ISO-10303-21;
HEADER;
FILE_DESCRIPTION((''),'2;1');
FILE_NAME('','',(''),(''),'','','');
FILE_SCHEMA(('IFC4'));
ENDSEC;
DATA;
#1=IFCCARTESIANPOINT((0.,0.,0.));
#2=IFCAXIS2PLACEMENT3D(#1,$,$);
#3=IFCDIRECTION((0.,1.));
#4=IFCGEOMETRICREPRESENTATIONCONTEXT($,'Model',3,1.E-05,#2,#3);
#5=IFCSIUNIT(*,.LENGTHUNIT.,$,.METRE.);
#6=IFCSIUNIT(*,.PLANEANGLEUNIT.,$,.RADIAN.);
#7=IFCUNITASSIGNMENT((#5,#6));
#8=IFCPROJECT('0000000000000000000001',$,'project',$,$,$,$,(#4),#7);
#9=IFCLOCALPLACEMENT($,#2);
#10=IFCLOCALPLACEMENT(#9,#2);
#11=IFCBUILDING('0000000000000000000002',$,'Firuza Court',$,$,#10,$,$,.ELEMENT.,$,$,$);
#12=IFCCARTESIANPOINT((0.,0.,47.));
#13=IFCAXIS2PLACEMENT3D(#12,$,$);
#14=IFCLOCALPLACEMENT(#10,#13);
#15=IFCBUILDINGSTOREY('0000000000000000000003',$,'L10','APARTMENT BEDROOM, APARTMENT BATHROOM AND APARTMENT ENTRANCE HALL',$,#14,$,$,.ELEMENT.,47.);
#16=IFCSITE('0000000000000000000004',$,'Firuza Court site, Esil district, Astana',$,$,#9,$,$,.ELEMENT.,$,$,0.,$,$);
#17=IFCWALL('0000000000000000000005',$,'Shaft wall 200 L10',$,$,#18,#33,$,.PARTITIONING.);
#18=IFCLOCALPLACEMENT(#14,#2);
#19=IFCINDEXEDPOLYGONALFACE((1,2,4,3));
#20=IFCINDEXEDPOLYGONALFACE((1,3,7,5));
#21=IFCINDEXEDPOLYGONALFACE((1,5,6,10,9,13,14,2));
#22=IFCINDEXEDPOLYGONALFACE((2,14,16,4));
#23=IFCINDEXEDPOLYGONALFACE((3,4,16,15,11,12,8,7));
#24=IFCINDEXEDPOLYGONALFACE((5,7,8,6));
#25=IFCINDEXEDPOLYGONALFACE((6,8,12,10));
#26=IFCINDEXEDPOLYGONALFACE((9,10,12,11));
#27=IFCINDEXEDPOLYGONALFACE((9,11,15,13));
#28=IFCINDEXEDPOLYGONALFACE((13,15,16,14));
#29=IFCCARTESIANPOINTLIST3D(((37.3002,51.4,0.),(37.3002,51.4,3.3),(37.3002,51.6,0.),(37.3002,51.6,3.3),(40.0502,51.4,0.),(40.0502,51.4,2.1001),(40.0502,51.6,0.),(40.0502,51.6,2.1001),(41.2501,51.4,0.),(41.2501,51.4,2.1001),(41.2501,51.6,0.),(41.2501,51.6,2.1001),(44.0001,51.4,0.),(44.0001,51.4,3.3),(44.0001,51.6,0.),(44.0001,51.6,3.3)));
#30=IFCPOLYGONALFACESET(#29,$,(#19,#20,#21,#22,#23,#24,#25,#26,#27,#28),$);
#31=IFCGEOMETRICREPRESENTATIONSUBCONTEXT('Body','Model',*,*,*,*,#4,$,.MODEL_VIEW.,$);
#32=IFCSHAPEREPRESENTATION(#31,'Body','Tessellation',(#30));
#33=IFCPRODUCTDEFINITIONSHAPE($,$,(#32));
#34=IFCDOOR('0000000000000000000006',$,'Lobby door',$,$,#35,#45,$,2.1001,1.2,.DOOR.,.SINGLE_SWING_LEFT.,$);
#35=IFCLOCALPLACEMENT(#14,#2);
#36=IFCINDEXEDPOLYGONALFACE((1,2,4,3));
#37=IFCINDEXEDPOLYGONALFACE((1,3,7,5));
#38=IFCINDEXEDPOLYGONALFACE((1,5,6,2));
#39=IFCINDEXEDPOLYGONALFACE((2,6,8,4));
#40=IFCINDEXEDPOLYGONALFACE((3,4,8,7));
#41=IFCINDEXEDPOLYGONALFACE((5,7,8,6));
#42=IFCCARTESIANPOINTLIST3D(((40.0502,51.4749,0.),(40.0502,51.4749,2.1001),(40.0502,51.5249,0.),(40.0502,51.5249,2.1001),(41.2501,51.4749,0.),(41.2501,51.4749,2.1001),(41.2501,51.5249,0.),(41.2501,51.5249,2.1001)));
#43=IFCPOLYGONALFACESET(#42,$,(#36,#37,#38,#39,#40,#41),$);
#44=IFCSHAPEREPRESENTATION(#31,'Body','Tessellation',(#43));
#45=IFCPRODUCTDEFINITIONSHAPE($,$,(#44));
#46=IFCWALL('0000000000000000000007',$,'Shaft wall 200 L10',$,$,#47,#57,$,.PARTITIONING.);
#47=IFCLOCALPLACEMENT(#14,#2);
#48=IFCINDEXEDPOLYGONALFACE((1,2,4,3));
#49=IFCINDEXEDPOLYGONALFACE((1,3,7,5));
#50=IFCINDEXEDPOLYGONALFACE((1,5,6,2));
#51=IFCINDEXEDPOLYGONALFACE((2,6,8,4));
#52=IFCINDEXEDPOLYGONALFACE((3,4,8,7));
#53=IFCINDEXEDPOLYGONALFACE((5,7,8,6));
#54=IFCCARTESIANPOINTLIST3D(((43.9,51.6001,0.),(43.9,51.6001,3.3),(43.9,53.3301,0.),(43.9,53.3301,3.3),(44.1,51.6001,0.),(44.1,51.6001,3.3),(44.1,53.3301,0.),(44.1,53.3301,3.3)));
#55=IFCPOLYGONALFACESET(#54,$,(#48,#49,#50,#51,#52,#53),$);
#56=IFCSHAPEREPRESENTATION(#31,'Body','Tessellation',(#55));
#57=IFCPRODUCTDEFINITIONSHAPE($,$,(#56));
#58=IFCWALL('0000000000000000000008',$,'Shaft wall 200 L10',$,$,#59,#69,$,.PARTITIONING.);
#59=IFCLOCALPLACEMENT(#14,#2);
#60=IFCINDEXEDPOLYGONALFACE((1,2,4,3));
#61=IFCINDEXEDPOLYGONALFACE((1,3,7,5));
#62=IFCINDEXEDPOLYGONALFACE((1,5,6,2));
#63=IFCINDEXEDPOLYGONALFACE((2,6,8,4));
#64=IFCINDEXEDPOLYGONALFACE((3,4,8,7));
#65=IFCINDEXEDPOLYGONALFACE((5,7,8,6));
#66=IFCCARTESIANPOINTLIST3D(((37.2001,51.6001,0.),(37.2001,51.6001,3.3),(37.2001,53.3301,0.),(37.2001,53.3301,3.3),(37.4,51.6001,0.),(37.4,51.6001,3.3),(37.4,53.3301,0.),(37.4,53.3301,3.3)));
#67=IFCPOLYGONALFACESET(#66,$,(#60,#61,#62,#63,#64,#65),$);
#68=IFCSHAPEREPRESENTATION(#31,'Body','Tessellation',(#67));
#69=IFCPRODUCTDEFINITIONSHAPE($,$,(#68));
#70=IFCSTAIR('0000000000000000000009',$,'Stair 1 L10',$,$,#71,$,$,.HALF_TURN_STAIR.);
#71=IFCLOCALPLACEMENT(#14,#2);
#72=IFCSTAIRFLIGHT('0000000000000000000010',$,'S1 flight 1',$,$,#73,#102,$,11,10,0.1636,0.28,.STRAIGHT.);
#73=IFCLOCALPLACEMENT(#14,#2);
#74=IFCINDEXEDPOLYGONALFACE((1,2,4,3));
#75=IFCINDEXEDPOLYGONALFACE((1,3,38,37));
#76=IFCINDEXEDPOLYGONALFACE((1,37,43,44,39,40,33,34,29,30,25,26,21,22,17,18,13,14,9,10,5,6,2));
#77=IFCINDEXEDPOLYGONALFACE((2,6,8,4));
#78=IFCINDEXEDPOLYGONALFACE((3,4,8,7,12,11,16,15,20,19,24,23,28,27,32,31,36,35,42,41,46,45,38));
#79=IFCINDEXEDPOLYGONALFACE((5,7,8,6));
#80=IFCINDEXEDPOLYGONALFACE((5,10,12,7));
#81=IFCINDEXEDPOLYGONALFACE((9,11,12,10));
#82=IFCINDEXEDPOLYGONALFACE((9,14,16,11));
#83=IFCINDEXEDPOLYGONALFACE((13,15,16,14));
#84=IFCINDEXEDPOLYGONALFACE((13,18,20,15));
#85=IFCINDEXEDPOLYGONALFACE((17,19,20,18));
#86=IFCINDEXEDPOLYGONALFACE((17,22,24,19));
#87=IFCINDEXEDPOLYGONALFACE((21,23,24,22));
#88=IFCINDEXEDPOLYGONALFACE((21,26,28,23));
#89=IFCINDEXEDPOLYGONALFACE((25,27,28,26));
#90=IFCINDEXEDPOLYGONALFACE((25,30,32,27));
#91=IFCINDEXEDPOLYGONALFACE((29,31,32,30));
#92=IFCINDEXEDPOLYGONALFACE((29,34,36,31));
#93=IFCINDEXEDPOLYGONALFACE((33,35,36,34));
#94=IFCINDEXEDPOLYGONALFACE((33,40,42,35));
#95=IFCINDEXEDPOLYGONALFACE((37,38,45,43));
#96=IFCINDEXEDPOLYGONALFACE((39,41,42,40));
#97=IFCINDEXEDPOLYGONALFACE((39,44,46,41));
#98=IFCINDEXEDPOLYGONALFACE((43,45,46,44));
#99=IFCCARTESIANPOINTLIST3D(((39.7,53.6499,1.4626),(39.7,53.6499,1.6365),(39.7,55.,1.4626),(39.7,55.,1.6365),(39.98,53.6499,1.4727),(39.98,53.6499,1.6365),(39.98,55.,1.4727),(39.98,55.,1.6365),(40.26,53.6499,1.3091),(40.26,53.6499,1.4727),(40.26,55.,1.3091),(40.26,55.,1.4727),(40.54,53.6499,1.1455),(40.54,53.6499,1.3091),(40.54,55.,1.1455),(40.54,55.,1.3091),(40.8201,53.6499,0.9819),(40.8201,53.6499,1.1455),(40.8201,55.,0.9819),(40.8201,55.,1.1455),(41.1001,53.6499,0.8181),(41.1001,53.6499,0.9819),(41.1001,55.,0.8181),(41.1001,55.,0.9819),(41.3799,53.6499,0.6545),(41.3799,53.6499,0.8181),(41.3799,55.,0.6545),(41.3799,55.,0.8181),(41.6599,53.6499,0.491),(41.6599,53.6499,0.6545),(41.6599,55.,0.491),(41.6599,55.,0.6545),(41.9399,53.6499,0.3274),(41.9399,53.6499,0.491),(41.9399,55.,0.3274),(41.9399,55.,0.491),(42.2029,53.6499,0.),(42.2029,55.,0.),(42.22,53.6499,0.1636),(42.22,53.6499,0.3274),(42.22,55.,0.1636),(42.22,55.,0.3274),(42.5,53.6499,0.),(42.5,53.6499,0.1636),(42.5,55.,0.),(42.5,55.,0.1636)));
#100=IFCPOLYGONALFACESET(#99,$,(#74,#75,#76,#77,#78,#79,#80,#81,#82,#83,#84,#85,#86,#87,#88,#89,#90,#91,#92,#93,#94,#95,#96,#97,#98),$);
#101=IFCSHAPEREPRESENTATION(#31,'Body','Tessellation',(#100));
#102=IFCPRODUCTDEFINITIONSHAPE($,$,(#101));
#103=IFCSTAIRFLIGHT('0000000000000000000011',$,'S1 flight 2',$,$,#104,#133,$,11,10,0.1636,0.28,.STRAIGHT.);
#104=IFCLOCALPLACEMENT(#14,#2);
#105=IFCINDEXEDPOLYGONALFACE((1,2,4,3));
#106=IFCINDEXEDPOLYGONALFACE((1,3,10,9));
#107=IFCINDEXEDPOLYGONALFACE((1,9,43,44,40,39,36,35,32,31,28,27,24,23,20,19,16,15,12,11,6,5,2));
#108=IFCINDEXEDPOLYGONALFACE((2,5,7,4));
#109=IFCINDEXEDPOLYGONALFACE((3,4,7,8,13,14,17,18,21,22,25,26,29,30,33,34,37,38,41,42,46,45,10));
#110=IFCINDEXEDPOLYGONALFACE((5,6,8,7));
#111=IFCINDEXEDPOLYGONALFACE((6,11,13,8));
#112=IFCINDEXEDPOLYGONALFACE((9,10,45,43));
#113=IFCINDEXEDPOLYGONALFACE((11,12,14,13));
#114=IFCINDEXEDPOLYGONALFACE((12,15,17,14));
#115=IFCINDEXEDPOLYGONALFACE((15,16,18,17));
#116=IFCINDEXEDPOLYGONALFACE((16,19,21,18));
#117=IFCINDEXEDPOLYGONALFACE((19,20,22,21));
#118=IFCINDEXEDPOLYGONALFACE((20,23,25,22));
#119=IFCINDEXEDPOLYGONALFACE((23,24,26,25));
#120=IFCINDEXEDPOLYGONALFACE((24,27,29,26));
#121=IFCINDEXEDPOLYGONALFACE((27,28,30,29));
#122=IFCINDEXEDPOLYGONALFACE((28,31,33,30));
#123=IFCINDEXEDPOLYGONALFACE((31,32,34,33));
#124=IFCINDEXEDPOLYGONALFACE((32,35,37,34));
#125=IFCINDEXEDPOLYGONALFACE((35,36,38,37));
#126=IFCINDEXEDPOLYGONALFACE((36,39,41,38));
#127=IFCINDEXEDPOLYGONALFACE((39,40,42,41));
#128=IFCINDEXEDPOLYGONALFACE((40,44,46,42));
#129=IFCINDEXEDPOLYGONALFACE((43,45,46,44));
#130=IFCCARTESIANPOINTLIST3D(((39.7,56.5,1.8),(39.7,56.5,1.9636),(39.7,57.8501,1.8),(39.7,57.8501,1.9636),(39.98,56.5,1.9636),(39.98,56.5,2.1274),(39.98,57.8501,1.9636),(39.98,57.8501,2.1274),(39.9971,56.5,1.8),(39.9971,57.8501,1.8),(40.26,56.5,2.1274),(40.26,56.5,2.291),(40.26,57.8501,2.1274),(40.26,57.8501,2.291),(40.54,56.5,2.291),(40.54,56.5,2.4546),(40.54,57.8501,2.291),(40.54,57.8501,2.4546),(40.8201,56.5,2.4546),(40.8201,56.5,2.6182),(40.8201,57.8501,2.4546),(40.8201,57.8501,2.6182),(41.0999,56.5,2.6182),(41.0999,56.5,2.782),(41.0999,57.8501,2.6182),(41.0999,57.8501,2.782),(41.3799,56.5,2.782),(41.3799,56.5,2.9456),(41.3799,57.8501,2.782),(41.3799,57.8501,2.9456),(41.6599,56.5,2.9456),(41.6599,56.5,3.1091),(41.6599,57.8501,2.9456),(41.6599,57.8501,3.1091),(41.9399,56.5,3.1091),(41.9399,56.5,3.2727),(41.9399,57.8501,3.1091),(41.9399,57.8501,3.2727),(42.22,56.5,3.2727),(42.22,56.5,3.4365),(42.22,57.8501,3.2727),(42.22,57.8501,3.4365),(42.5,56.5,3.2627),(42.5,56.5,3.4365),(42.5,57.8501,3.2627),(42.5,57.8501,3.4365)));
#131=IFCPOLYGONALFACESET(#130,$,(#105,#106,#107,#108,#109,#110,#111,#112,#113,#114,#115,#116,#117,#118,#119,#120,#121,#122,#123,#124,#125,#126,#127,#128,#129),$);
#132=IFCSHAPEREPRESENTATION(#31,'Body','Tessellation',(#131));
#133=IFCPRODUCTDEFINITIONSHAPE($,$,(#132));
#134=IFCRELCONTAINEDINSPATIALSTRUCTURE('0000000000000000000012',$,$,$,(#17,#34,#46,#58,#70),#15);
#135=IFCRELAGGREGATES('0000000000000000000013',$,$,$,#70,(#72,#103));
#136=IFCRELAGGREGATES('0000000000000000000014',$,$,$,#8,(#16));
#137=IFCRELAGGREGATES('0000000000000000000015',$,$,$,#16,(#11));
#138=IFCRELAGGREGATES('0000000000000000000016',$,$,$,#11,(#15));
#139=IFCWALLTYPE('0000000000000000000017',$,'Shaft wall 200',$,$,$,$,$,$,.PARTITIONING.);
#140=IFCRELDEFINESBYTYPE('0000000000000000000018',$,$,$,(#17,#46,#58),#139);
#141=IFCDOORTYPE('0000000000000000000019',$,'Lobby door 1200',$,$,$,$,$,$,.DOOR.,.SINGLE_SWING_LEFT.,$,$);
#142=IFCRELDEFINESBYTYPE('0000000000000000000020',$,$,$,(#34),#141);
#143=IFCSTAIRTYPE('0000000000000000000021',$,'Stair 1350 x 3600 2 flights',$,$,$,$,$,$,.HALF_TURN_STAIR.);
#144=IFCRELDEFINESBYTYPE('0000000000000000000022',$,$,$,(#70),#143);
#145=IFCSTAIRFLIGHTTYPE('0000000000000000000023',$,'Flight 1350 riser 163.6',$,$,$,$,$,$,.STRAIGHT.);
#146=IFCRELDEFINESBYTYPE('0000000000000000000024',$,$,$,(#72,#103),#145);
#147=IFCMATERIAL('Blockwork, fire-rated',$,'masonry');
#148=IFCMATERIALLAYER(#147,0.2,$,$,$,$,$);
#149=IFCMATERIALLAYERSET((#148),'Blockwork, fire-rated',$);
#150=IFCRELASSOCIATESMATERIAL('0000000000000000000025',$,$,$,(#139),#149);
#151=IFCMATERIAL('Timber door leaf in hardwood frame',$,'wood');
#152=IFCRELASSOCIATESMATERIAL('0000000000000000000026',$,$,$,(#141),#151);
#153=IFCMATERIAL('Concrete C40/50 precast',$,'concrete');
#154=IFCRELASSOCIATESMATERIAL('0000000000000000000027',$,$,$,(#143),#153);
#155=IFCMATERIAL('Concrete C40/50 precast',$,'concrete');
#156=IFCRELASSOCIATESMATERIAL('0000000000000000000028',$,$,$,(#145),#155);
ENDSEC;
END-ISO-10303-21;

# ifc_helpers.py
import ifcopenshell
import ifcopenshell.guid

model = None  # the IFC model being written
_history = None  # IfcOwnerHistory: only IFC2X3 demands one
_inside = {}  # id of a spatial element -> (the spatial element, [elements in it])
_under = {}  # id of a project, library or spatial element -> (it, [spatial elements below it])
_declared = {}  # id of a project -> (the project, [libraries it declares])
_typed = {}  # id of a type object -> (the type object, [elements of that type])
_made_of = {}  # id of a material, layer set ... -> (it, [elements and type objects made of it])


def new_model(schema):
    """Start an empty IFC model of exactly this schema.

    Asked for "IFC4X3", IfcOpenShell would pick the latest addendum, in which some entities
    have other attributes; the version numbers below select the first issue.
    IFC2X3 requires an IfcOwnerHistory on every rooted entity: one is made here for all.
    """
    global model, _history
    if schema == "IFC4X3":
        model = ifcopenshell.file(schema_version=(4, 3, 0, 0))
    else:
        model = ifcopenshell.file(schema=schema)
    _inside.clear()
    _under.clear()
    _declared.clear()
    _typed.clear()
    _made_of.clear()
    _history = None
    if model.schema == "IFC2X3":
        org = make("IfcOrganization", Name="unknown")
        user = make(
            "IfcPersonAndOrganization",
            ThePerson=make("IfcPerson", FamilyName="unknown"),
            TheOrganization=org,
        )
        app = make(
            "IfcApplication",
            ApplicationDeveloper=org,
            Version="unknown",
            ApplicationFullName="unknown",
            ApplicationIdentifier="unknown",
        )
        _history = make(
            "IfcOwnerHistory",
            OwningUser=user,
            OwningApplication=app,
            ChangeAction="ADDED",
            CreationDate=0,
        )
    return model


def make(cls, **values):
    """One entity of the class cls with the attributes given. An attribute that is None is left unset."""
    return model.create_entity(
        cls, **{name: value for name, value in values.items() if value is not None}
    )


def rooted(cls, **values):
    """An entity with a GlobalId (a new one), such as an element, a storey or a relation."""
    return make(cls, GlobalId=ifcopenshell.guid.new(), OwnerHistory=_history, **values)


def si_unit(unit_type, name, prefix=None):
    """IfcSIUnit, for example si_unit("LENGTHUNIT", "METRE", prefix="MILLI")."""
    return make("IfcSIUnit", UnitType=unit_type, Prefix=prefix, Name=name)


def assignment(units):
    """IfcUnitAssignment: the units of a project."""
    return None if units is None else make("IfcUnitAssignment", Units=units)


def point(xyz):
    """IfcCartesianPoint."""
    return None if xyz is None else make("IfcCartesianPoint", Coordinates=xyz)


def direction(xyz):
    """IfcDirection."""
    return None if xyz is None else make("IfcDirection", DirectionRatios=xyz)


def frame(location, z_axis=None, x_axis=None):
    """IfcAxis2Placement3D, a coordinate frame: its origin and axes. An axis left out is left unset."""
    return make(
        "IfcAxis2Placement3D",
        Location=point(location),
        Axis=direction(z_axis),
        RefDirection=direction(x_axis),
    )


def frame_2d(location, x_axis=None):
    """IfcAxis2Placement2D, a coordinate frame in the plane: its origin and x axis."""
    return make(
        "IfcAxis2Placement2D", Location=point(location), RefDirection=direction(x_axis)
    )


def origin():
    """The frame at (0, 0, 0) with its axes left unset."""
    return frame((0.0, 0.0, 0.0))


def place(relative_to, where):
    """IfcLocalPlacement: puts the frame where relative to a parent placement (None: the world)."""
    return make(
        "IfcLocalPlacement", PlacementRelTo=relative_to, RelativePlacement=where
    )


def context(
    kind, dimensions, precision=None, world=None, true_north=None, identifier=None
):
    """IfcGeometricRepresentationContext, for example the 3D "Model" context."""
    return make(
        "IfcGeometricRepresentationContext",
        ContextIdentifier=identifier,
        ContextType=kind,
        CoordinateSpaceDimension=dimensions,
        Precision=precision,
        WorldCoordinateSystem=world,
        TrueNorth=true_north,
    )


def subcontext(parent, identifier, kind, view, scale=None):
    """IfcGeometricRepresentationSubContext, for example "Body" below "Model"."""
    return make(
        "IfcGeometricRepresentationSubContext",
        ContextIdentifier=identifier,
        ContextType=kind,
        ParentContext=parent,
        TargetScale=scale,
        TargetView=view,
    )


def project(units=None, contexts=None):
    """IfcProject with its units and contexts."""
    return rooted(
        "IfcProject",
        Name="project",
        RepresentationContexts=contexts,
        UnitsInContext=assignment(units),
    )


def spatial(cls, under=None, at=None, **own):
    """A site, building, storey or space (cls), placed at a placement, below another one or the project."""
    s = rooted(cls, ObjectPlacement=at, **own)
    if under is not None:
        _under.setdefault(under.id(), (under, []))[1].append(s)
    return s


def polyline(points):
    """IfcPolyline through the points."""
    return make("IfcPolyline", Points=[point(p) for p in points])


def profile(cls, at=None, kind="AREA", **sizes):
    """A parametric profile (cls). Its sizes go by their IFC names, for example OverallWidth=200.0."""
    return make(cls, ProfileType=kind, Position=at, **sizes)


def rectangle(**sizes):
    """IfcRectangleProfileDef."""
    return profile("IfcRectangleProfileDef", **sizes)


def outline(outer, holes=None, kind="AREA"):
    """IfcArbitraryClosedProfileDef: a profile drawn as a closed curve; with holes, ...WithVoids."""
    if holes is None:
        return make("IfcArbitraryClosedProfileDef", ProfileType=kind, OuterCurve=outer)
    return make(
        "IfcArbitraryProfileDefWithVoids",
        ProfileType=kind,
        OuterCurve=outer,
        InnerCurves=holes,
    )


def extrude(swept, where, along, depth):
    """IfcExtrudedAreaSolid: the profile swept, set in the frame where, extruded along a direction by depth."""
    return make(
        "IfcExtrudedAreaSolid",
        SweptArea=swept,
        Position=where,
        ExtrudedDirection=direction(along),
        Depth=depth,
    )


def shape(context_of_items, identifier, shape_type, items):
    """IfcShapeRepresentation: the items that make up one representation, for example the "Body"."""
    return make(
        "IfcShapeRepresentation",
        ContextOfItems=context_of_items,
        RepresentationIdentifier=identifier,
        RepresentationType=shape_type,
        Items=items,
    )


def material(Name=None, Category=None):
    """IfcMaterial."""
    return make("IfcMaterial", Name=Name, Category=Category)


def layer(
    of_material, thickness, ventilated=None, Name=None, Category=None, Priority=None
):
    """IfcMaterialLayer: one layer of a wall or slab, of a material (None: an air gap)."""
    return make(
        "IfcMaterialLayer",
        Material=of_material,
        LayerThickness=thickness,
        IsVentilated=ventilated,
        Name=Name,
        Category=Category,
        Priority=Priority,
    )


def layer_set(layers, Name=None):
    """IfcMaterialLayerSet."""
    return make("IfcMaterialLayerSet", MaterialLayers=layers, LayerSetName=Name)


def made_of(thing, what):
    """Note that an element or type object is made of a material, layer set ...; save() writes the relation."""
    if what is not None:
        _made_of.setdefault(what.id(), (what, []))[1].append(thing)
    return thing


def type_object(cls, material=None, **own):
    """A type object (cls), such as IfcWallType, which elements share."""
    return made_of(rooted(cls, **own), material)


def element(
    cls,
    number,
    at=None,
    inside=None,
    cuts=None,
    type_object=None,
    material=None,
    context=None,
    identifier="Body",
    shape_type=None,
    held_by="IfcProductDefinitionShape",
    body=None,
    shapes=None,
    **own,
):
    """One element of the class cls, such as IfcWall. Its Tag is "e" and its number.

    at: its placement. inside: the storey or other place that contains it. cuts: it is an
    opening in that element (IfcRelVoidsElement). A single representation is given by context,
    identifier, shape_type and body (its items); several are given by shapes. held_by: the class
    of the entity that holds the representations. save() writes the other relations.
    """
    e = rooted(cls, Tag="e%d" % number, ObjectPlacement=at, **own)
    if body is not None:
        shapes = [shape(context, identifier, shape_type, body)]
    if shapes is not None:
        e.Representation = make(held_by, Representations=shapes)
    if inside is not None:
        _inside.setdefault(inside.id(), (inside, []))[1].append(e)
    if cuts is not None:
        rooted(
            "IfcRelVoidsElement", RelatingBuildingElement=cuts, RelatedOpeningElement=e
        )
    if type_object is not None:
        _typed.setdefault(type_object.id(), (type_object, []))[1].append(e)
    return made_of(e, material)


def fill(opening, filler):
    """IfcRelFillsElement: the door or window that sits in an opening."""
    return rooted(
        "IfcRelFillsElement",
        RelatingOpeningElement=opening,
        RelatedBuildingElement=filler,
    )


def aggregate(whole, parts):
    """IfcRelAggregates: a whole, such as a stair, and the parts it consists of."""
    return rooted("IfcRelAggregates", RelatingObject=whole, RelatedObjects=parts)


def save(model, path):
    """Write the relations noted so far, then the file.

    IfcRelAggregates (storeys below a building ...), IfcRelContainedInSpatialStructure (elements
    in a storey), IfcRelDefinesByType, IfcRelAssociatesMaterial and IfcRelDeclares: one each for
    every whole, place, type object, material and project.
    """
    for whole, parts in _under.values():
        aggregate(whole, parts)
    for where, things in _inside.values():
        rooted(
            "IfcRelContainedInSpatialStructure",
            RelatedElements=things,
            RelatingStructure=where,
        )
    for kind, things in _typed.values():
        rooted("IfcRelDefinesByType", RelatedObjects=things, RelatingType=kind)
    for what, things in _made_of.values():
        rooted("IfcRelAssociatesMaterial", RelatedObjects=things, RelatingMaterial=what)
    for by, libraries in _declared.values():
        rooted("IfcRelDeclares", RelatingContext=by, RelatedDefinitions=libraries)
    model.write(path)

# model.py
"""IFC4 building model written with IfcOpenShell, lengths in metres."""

from ifc_helpers import new_model, si_unit, direction, frame, frame_2d, origin, place, context, subcontext, project, spatial, polyline, rectangle, outline, extrude, material, layer, layer_set, type_object, element, fill, aggregate, save


model = new_model("IFC4")

# Units and contexts
model_context = context("Model", 3, precision=1e-05, world=origin(), true_north=direction((0.0, 1.0)))
body_context = subcontext(model_context, "Body", "Model", "MODEL_VIEW")
ifc_project = project(units=[si_unit("LENGTHUNIT", "METRE"), si_unit("PLANEANGLEUNIT", "RADIAN")], contexts=[model_context])

# Site, building, storey
site_placement = place(None, origin())
site = spatial("IfcSite", under=ifc_project, at=site_placement, Name="Firuza Court site, Esil district, Astana", CompositionType="ELEMENT", RefElevation=0.0)
building_placement = place(site_placement, origin())
building = spatial("IfcBuilding", under=site, at=building_placement, Name="Firuza Court", CompositionType="ELEMENT")
storey_placement = place(building_placement, frame((0.0, 0.0, 47.0)))
storey = spatial("IfcBuildingStorey", under=building, at=storey_placement, Name="L10", Description="APARTMENT BEDROOM, APARTMENT BATHROOM AND APARTMENT ENTRANCE HALL", CompositionType="ELEMENT", Elevation=47.0)

# Shared definitions
ifc_material_1 = material(Name="Blockwork, fire-rated", Category="masonry")

# Wall, opening, door
ifc_layer_1 = layer(ifc_material_1, 0.2)
ifc_layer_set_1 = layer_set([ifc_layer_1], Name="Blockwork, fire-rated")
wall_type_1 = type_object("IfcWallType", Name="Shaft wall 200", PredefinedType="PARTITIONING", material=ifc_layer_set_1)
wall_1_placement = place(storey_placement, frame((37.3, 51.5, 0.0), z_axis=(0.0, 0.0, 1.0), x_axis=(1.0, 0.0, 0.0)))
wall_1 = element("IfcWall", 1, at=wall_1_placement, inside=storey, type_object=wall_type_1, Name="Shaft wall 200 L10", PredefinedType="PARTITIONING", context=body_context, shape_type="SweptSolid", body=[
    extrude(rectangle(XDim=6.7, YDim=0.2, at=frame_2d((3.3501, 0.0))), origin(), (0.0, 0.0, 1.0), 3.3),
])
opening_1_placement = place(wall_1_placement, frame((2.75, 0.0, 0.0)))
opening_1 = element("IfcOpeningElement", 2, at=opening_1_placement, cuts=wall_1, PredefinedType="OPENING", context=body_context, shape_type="SweptSolid", body=[
    extrude(rectangle(XDim=1.2, YDim=2.1001, at=frame_2d((0.6001, 1.05))), frame((0.0, 0.1118, 0.0), z_axis=(0.0, -1.0, 0.0), x_axis=(1.0, 0.0, 0.0)), (0.0, 0.0, 1.0), 0.2239),
])
ifc_material_2 = material(Name="Timber door leaf in hardwood frame", Category="wood")
door_type_1 = type_object("IfcDoorType", Name="Lobby door 1200", OperationType="SINGLE_SWING_LEFT", PredefinedType="DOOR", material=ifc_material_2)
door_1_placement = place(opening_1_placement, origin())
door_1 = element("IfcDoor", 3, at=door_1_placement, inside=storey, type_object=door_type_1, Name="Lobby door", OperationType="SINGLE_SWING_LEFT", OverallHeight=2.1001, OverallWidth=1.2, PredefinedType="DOOR", context=body_context, shape_type="SweptSolid", body=[
    extrude(rectangle(XDim=1.2, YDim=2.1001, at=frame_2d((0.6001, 1.05))), frame((0.0, 0.0249, 0.0), z_axis=(0.0, -1.0, 0.0), x_axis=(1.0, 0.0, 0.0)), (0.0, 0.0, 1.0), 0.05),
])
fill(opening_1, door_1)

# Walls
for number, where, z_axis, x_axis, name in (
    (4, (44.0, 51.6001, 0.0), (0.0, 0.0, 1.0), (0.0, 1.0, 0.0), "Shaft wall 200 L10"),
    (5, (37.3, 51.6001, 0.0), (0.0, 0.0, 1.0), (0.0, 1.0, 0.0), "Shaft wall 200 L10"),
):
    element("IfcWall", number, at=place(storey_placement, frame(where, z_axis=z_axis, x_axis=x_axis)), inside=storey, type_object=wall_type_1, Name=name, PredefinedType="PARTITIONING", context=body_context, shape_type="SweptSolid", body=[
        extrude(rectangle(XDim=1.73, YDim=0.2, at=frame_2d((0.865, 0.0))), origin(), (0.0, 0.0, 1.0), 3.3),
    ])

# Stair, stair flights
ifc_material_3 = material(Name="Concrete C40/50 precast", Category="concrete")
stair_type = type_object("IfcStairType", Name="Stair 1350 x 3600 2 flights", PredefinedType="HALF_TURN_STAIR", material=ifc_material_3)
stair_placement = place(storey_placement, origin())
stair = element("IfcStair", 6, at=stair_placement, inside=storey, type_object=stair_type, Name="Stair 1 L10", PredefinedType="HALF_TURN_STAIR")
ifc_material_4 = material(Name="Concrete C40/50 precast", Category="concrete")
stair_flight_type = type_object("IfcStairFlightType", Name="Flight 1350 riser 163.6", PredefinedType="STRAIGHT", material=ifc_material_4)
stair_flight_1_placement = place(storey_placement, frame((42.5, 54.325, 0.0), z_axis=(0.0, 0.0, 1.0), x_axis=(-1.0, 0.0, 0.0)))
stair_flight_1 = element("IfcStairFlight", 7, at=stair_flight_1_placement, type_object=stair_flight_type, Name="S1 flight 1", NumberOfRisers=11, NumberOfTreads=10, PredefinedType="STRAIGHT", RiserHeight=0.1636, TreadLength=0.28, context=body_context, shape_type="SweptSolid", body=[
    extrude(outline(polyline([(0.0, 0.0), (0.0, 0.1636), (0.28, 0.1636), (0.28, 0.3274), (0.5601, 0.3274), (0.5601, 0.491), (0.8401, 0.491), (0.8401, 0.6545), (1.1201, 0.6545), (1.1201, 0.8181), (1.3999, 0.8181), (1.3999, 0.9819), (1.6799, 0.9819), (1.6799, 1.1455), (1.96, 1.1455), (1.96, 1.3091), (2.24, 1.3091), (2.24, 1.4727), (2.52, 1.4727), (2.52, 1.6365), (2.8, 1.6365), (2.8, 1.8), (2.8, 1.4626), (0.2971, 0.0), (0.0, 0.0)])), frame((0.0, 0.675, 0.0), z_axis=(0.0, -1.0, 0.0), x_axis=(1.0, 0.0, 0.0)), (0.0, 0.0, 1.0), 1.3501),
])
stair_flight_2_placement = place(storey_placement, frame((39.7, 57.175, 1.8), z_axis=(0.0, 0.0, 1.0), x_axis=(1.0, 0.0, 0.0)))
stair_flight_2 = element("IfcStairFlight", 8, at=stair_flight_2_placement, type_object=stair_flight_type, Name="S1 flight 2", NumberOfRisers=11, NumberOfTreads=10, PredefinedType="STRAIGHT", RiserHeight=0.1636, TreadLength=0.28, context=body_context, shape_type="SweptSolid", body=[
    extrude(outline(polyline([(0.0, 0.0), (0.0, 0.1636), (0.28, 0.1636), (0.28, 0.3274), (0.5601, 0.3274), (0.5601, 0.491), (0.8401, 0.491), (0.8401, 0.6545), (1.1201, 0.6545), (1.1201, 0.8181), (1.3999, 0.8181), (1.3999, 0.9819), (1.6799, 0.9819), (1.6799, 1.1455), (1.96, 1.1455), (1.96, 1.3091), (2.24, 1.3091), (2.24, 1.4727), (2.52, 1.4727), (2.52, 1.6365), (2.8, 1.6365), (2.8, 1.8), (2.8, 1.4626), (0.2971, 0.0), (0.0, 0.0)])), frame((0.0, 0.675, 0.0), z_axis=(0.0, -1.0, 0.0), x_axis=(1.0, 0.0, 0.0)), (0.0, 0.0, 1.0), 1.3501),
])
aggregate(stair, [stair_flight_1, stair_flight_2])

save(model, "model.ifc")
